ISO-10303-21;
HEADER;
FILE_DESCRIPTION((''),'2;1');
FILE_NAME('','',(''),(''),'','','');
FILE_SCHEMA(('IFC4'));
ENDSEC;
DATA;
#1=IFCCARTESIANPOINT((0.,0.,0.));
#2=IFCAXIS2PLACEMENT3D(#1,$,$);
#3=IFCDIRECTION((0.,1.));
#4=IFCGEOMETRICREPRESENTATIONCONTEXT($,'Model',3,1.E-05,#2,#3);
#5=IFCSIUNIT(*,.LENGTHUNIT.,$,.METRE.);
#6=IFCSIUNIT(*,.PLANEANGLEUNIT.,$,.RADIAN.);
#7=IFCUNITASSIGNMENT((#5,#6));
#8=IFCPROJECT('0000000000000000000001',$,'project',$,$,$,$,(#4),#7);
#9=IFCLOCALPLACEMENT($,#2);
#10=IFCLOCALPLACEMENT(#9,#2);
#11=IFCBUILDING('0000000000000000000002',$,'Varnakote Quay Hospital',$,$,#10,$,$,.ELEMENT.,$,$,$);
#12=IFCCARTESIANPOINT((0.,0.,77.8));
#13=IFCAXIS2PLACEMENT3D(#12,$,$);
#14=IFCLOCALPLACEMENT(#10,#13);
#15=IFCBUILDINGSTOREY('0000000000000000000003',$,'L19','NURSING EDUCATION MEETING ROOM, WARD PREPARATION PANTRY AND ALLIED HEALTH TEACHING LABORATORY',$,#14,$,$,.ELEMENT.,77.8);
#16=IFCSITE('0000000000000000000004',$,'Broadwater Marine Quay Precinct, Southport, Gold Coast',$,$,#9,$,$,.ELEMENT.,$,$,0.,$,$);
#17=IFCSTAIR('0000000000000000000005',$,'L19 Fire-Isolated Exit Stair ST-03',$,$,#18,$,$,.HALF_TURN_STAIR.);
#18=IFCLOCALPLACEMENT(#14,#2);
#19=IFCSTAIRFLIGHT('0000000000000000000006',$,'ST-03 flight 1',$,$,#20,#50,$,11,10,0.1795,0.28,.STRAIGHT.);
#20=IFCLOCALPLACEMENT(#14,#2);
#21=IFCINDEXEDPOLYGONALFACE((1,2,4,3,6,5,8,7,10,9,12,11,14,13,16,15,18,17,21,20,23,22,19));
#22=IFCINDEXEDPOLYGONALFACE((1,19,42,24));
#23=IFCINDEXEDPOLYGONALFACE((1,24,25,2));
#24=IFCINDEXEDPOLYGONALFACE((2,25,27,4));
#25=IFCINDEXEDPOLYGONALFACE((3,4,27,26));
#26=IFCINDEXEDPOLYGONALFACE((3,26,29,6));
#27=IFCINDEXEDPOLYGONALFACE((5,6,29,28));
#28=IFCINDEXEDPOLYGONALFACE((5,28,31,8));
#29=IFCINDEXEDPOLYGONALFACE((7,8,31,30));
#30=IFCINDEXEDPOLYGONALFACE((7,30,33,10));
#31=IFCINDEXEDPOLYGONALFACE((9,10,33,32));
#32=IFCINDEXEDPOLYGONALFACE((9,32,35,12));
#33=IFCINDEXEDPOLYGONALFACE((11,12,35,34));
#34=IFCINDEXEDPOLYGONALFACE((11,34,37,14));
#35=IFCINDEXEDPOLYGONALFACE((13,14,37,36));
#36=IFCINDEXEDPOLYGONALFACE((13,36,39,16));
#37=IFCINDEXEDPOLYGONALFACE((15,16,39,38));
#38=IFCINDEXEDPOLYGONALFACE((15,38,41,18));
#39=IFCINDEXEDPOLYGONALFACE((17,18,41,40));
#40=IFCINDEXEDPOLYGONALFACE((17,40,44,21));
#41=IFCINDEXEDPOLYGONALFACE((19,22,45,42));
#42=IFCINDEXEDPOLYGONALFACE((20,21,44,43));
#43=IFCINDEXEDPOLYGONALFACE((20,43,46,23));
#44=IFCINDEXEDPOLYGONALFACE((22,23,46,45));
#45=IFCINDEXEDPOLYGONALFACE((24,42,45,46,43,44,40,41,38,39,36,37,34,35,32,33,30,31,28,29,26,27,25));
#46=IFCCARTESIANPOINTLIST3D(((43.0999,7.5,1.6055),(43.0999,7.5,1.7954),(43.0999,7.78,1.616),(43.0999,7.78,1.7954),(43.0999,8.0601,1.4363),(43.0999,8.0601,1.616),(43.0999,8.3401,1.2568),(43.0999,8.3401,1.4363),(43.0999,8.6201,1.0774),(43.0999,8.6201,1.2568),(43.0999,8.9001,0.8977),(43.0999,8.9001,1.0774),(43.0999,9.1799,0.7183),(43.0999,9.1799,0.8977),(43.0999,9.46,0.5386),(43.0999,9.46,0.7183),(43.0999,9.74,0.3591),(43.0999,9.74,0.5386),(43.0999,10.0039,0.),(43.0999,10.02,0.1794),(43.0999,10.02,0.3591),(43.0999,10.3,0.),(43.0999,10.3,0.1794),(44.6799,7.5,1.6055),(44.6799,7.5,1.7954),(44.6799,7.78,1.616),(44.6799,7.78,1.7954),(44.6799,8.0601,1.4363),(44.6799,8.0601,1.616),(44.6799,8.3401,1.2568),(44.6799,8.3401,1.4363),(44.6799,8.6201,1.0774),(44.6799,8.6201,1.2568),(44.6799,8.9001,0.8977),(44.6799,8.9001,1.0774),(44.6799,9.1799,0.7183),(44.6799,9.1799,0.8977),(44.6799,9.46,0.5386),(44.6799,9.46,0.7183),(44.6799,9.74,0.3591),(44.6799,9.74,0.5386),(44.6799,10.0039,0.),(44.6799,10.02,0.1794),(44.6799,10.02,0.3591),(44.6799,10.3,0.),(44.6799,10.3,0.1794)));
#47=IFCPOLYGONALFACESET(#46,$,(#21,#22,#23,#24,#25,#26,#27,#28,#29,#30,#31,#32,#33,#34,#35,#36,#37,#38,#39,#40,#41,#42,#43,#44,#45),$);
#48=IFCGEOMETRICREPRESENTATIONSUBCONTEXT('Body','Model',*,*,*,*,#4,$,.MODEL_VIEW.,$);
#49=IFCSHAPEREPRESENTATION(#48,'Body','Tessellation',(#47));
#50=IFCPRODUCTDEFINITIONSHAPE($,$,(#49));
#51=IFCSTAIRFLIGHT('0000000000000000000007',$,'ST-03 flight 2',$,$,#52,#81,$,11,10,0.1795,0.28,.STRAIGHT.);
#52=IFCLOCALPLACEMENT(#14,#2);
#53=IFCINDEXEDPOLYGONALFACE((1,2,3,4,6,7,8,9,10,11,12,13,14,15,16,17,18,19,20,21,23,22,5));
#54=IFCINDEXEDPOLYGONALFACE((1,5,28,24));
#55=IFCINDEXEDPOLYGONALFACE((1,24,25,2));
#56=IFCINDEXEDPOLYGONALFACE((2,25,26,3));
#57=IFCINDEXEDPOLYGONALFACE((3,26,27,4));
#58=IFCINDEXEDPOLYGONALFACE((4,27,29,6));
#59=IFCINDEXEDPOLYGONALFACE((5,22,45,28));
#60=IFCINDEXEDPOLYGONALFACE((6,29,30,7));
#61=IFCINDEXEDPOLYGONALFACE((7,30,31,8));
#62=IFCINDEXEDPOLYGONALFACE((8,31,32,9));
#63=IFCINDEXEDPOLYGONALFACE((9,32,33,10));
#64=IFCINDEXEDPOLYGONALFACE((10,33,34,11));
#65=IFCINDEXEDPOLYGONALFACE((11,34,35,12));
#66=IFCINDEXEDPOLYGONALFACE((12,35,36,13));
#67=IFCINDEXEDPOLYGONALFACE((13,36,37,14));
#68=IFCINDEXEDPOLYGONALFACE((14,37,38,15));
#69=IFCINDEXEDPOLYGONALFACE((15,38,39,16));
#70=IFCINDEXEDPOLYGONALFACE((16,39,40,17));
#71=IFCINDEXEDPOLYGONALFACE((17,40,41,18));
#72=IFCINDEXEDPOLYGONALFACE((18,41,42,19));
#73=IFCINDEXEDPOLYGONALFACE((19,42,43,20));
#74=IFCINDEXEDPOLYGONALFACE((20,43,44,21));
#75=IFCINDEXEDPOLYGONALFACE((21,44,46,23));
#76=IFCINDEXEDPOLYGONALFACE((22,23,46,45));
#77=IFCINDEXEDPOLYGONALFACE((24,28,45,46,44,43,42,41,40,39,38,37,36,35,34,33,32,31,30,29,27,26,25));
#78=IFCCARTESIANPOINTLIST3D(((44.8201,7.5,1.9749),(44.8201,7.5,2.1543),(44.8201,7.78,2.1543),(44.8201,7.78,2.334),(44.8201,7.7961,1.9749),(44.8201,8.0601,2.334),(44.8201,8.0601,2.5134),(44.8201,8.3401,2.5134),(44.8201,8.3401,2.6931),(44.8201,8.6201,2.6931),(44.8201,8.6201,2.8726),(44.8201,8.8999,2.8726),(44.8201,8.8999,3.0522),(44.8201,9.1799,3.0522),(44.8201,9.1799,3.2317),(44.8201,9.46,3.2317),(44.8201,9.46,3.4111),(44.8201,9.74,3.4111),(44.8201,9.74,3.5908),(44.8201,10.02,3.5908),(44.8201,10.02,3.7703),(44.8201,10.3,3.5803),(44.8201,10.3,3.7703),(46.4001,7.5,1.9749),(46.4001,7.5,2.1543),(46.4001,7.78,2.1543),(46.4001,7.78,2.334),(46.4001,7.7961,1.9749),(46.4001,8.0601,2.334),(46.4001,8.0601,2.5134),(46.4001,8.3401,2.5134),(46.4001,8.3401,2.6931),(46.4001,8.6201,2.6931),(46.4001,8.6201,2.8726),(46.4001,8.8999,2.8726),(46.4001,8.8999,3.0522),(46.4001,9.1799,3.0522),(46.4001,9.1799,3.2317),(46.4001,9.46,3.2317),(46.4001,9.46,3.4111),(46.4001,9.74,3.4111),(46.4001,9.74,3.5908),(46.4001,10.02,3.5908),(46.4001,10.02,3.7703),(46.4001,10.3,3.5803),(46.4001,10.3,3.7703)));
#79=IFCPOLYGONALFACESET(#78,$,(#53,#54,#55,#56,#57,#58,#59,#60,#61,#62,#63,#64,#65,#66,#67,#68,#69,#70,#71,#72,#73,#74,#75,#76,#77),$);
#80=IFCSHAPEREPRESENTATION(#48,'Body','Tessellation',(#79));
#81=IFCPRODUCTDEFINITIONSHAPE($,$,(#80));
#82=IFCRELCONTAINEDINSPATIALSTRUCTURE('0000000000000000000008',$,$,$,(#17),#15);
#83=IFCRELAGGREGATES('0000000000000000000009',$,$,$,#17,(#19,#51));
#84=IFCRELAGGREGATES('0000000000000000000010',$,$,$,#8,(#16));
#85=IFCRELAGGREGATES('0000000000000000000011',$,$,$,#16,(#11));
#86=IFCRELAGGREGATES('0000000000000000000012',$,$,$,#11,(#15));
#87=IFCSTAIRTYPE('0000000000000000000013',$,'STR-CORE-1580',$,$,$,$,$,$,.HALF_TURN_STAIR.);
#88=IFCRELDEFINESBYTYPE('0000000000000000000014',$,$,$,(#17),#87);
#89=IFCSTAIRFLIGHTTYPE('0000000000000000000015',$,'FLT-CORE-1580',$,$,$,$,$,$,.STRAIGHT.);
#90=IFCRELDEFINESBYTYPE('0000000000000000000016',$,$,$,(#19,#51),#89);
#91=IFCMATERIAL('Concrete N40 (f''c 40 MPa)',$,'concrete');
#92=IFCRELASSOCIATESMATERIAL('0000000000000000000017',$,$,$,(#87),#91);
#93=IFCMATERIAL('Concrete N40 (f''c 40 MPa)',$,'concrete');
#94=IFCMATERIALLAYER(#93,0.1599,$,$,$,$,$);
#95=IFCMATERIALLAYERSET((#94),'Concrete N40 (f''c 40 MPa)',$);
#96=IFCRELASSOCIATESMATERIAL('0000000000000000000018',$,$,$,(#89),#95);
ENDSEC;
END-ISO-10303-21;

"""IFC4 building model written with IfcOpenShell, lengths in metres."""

from ifc_helpers import new_model, si_unit, direction, frame, origin, place, context, subcontext, project, spatial, polyline, outline, extrude, material, layer, layer_set, type_object, element, aggregate, save


model = new_model("IFC4")

# Units and contexts
model_context = context("Model", 3, precision=1e-05, world=origin(), true_north=direction((0.0, 1.0)))
body_context = subcontext(model_context, "Body", "Model", "MODEL_VIEW")
ifc_project = project(units=[si_unit("LENGTHUNIT", "METRE"), si_unit("PLANEANGLEUNIT", "RADIAN")], contexts=[model_context])

# Site, building, storey
site_placement = place(None, origin())
site = spatial("IfcSite", under=ifc_project, at=site_placement, Name="Broadwater Marine Quay Precinct, Southport, Gold Coast", CompositionType="ELEMENT", RefElevation=0.0)
building_placement = place(site_placement, origin())
building = spatial("IfcBuilding", under=site, at=building_placement, Name="Varnakote Quay Hospital", CompositionType="ELEMENT")
storey_placement = place(building_placement, frame((0.0, 0.0, 77.8)))
storey = spatial("IfcBuildingStorey", under=building, at=storey_placement, Name="L19", Description="NURSING EDUCATION MEETING ROOM, WARD PREPARATION PANTRY AND ALLIED HEALTH TEACHING LABORATORY", CompositionType="ELEMENT", Elevation=77.8)

# Stair, stair flights
ifc_material_1 = material(Name="Concrete N40 (f'c 40 MPa)", Category="concrete")
stair_type = type_object("IfcStairType", Name="STR-CORE-1580", PredefinedType="HALF_TURN_STAIR", material=ifc_material_1)
stair_placement = place(storey_placement, origin())
stair = element("IfcStair", 1, at=stair_placement, inside=storey, type_object=stair_type, Name="L19 Fire-Isolated Exit Stair ST-03", PredefinedType="HALF_TURN_STAIR")
ifc_material_2 = material(Name="Concrete N40 (f'c 40 MPa)", Category="concrete")
ifc_layer_1 = layer(ifc_material_2, 0.1599)
ifc_layer_set_1 = layer_set([ifc_layer_1], Name="Concrete N40 (f'c 40 MPa)")
stair_flight_type = type_object("IfcStairFlightType", Name="FLT-CORE-1580", PredefinedType="STRAIGHT", material=ifc_layer_set_1)
stair_flight_1_placement = place(storey_placement, frame((43.8899, 10.3, 0.0), z_axis=(0.0, 0.0, 1.0), x_axis=(0.0, -1.0, 0.0)))
stair_flight_1 = element("IfcStairFlight", 2, at=stair_flight_1_placement, type_object=stair_flight_type, Name="ST-03 flight 1", NumberOfRisers=11, NumberOfTreads=10, PredefinedType="STRAIGHT", RiserHeight=0.1795, TreadLength=0.28, context=body_context, shape_type="SweptSolid", body=[
    extrude(outline(polyline([(0.0, 0.0), (0.0, 0.1794), (0.28, 0.1794), (0.28, 0.3591), (0.5601, 0.3591), (0.5601, 0.5386), (0.8401, 0.5386), (0.8401, 0.7183), (1.1201, 0.7183), (1.1201, 0.8977), (1.3999, 0.8977), (1.3999, 1.0774), (1.6799, 1.0774), (1.6799, 1.2568), (1.96, 1.2568), (1.96, 1.4363), (2.24, 1.4363), (2.24, 1.616), (2.52, 1.616), (2.52, 1.7954), (2.8, 1.7954), (2.8, 1.9751), (2.8, 1.6055), (0.2961, 0.0), (0.0, 0.0)])), frame((0.0, 0.79, 0.0), z_axis=(0.0, -1.0, 0.0), x_axis=(1.0, 0.0, 0.0)), (0.0, 0.0, 1.0), 1.5801),
])
stair_flight_2_placement = place(storey_placement, frame((45.6101, 7.5, 1.9749), z_axis=(0.0, 0.0, 1.0), x_axis=(0.0, 1.0, 0.0)))
stair_flight_2 = element("IfcStairFlight", 3, at=stair_flight_2_placement, type_object=stair_flight_type, Name="ST-03 flight 2", NumberOfRisers=11, NumberOfTreads=10, PredefinedType="STRAIGHT", RiserHeight=0.1795, TreadLength=0.28, context=body_context, shape_type="SweptSolid", body=[
    extrude(outline(polyline([(0.0, 0.0), (0.0, 0.1794), (0.28, 0.1794), (0.28, 0.3591), (0.5601, 0.3591), (0.5601, 0.5386), (0.8401, 0.5386), (0.8401, 0.7183), (1.1201, 0.7183), (1.1201, 0.8977), (1.3999, 0.8977), (1.3999, 1.0774), (1.6799, 1.0774), (1.6799, 1.2568), (1.96, 1.2568), (1.96, 1.4363), (2.24, 1.4363), (2.24, 1.616), (2.52, 1.616), (2.52, 1.7954), (2.8, 1.7954), (2.8, 1.9751), (2.8, 1.6055), (0.2961, 0.0), (0.0, 0.0)])), frame((0.0, 0.79, 0.0), z_axis=(0.0, -1.0, 0.0), x_axis=(1.0, 0.0, 0.0)), (0.0, 0.0, 1.0), 1.5801),
])
aggregate(stair, [stair_flight_1, stair_flight_2])

save(model, "model.ifc")
